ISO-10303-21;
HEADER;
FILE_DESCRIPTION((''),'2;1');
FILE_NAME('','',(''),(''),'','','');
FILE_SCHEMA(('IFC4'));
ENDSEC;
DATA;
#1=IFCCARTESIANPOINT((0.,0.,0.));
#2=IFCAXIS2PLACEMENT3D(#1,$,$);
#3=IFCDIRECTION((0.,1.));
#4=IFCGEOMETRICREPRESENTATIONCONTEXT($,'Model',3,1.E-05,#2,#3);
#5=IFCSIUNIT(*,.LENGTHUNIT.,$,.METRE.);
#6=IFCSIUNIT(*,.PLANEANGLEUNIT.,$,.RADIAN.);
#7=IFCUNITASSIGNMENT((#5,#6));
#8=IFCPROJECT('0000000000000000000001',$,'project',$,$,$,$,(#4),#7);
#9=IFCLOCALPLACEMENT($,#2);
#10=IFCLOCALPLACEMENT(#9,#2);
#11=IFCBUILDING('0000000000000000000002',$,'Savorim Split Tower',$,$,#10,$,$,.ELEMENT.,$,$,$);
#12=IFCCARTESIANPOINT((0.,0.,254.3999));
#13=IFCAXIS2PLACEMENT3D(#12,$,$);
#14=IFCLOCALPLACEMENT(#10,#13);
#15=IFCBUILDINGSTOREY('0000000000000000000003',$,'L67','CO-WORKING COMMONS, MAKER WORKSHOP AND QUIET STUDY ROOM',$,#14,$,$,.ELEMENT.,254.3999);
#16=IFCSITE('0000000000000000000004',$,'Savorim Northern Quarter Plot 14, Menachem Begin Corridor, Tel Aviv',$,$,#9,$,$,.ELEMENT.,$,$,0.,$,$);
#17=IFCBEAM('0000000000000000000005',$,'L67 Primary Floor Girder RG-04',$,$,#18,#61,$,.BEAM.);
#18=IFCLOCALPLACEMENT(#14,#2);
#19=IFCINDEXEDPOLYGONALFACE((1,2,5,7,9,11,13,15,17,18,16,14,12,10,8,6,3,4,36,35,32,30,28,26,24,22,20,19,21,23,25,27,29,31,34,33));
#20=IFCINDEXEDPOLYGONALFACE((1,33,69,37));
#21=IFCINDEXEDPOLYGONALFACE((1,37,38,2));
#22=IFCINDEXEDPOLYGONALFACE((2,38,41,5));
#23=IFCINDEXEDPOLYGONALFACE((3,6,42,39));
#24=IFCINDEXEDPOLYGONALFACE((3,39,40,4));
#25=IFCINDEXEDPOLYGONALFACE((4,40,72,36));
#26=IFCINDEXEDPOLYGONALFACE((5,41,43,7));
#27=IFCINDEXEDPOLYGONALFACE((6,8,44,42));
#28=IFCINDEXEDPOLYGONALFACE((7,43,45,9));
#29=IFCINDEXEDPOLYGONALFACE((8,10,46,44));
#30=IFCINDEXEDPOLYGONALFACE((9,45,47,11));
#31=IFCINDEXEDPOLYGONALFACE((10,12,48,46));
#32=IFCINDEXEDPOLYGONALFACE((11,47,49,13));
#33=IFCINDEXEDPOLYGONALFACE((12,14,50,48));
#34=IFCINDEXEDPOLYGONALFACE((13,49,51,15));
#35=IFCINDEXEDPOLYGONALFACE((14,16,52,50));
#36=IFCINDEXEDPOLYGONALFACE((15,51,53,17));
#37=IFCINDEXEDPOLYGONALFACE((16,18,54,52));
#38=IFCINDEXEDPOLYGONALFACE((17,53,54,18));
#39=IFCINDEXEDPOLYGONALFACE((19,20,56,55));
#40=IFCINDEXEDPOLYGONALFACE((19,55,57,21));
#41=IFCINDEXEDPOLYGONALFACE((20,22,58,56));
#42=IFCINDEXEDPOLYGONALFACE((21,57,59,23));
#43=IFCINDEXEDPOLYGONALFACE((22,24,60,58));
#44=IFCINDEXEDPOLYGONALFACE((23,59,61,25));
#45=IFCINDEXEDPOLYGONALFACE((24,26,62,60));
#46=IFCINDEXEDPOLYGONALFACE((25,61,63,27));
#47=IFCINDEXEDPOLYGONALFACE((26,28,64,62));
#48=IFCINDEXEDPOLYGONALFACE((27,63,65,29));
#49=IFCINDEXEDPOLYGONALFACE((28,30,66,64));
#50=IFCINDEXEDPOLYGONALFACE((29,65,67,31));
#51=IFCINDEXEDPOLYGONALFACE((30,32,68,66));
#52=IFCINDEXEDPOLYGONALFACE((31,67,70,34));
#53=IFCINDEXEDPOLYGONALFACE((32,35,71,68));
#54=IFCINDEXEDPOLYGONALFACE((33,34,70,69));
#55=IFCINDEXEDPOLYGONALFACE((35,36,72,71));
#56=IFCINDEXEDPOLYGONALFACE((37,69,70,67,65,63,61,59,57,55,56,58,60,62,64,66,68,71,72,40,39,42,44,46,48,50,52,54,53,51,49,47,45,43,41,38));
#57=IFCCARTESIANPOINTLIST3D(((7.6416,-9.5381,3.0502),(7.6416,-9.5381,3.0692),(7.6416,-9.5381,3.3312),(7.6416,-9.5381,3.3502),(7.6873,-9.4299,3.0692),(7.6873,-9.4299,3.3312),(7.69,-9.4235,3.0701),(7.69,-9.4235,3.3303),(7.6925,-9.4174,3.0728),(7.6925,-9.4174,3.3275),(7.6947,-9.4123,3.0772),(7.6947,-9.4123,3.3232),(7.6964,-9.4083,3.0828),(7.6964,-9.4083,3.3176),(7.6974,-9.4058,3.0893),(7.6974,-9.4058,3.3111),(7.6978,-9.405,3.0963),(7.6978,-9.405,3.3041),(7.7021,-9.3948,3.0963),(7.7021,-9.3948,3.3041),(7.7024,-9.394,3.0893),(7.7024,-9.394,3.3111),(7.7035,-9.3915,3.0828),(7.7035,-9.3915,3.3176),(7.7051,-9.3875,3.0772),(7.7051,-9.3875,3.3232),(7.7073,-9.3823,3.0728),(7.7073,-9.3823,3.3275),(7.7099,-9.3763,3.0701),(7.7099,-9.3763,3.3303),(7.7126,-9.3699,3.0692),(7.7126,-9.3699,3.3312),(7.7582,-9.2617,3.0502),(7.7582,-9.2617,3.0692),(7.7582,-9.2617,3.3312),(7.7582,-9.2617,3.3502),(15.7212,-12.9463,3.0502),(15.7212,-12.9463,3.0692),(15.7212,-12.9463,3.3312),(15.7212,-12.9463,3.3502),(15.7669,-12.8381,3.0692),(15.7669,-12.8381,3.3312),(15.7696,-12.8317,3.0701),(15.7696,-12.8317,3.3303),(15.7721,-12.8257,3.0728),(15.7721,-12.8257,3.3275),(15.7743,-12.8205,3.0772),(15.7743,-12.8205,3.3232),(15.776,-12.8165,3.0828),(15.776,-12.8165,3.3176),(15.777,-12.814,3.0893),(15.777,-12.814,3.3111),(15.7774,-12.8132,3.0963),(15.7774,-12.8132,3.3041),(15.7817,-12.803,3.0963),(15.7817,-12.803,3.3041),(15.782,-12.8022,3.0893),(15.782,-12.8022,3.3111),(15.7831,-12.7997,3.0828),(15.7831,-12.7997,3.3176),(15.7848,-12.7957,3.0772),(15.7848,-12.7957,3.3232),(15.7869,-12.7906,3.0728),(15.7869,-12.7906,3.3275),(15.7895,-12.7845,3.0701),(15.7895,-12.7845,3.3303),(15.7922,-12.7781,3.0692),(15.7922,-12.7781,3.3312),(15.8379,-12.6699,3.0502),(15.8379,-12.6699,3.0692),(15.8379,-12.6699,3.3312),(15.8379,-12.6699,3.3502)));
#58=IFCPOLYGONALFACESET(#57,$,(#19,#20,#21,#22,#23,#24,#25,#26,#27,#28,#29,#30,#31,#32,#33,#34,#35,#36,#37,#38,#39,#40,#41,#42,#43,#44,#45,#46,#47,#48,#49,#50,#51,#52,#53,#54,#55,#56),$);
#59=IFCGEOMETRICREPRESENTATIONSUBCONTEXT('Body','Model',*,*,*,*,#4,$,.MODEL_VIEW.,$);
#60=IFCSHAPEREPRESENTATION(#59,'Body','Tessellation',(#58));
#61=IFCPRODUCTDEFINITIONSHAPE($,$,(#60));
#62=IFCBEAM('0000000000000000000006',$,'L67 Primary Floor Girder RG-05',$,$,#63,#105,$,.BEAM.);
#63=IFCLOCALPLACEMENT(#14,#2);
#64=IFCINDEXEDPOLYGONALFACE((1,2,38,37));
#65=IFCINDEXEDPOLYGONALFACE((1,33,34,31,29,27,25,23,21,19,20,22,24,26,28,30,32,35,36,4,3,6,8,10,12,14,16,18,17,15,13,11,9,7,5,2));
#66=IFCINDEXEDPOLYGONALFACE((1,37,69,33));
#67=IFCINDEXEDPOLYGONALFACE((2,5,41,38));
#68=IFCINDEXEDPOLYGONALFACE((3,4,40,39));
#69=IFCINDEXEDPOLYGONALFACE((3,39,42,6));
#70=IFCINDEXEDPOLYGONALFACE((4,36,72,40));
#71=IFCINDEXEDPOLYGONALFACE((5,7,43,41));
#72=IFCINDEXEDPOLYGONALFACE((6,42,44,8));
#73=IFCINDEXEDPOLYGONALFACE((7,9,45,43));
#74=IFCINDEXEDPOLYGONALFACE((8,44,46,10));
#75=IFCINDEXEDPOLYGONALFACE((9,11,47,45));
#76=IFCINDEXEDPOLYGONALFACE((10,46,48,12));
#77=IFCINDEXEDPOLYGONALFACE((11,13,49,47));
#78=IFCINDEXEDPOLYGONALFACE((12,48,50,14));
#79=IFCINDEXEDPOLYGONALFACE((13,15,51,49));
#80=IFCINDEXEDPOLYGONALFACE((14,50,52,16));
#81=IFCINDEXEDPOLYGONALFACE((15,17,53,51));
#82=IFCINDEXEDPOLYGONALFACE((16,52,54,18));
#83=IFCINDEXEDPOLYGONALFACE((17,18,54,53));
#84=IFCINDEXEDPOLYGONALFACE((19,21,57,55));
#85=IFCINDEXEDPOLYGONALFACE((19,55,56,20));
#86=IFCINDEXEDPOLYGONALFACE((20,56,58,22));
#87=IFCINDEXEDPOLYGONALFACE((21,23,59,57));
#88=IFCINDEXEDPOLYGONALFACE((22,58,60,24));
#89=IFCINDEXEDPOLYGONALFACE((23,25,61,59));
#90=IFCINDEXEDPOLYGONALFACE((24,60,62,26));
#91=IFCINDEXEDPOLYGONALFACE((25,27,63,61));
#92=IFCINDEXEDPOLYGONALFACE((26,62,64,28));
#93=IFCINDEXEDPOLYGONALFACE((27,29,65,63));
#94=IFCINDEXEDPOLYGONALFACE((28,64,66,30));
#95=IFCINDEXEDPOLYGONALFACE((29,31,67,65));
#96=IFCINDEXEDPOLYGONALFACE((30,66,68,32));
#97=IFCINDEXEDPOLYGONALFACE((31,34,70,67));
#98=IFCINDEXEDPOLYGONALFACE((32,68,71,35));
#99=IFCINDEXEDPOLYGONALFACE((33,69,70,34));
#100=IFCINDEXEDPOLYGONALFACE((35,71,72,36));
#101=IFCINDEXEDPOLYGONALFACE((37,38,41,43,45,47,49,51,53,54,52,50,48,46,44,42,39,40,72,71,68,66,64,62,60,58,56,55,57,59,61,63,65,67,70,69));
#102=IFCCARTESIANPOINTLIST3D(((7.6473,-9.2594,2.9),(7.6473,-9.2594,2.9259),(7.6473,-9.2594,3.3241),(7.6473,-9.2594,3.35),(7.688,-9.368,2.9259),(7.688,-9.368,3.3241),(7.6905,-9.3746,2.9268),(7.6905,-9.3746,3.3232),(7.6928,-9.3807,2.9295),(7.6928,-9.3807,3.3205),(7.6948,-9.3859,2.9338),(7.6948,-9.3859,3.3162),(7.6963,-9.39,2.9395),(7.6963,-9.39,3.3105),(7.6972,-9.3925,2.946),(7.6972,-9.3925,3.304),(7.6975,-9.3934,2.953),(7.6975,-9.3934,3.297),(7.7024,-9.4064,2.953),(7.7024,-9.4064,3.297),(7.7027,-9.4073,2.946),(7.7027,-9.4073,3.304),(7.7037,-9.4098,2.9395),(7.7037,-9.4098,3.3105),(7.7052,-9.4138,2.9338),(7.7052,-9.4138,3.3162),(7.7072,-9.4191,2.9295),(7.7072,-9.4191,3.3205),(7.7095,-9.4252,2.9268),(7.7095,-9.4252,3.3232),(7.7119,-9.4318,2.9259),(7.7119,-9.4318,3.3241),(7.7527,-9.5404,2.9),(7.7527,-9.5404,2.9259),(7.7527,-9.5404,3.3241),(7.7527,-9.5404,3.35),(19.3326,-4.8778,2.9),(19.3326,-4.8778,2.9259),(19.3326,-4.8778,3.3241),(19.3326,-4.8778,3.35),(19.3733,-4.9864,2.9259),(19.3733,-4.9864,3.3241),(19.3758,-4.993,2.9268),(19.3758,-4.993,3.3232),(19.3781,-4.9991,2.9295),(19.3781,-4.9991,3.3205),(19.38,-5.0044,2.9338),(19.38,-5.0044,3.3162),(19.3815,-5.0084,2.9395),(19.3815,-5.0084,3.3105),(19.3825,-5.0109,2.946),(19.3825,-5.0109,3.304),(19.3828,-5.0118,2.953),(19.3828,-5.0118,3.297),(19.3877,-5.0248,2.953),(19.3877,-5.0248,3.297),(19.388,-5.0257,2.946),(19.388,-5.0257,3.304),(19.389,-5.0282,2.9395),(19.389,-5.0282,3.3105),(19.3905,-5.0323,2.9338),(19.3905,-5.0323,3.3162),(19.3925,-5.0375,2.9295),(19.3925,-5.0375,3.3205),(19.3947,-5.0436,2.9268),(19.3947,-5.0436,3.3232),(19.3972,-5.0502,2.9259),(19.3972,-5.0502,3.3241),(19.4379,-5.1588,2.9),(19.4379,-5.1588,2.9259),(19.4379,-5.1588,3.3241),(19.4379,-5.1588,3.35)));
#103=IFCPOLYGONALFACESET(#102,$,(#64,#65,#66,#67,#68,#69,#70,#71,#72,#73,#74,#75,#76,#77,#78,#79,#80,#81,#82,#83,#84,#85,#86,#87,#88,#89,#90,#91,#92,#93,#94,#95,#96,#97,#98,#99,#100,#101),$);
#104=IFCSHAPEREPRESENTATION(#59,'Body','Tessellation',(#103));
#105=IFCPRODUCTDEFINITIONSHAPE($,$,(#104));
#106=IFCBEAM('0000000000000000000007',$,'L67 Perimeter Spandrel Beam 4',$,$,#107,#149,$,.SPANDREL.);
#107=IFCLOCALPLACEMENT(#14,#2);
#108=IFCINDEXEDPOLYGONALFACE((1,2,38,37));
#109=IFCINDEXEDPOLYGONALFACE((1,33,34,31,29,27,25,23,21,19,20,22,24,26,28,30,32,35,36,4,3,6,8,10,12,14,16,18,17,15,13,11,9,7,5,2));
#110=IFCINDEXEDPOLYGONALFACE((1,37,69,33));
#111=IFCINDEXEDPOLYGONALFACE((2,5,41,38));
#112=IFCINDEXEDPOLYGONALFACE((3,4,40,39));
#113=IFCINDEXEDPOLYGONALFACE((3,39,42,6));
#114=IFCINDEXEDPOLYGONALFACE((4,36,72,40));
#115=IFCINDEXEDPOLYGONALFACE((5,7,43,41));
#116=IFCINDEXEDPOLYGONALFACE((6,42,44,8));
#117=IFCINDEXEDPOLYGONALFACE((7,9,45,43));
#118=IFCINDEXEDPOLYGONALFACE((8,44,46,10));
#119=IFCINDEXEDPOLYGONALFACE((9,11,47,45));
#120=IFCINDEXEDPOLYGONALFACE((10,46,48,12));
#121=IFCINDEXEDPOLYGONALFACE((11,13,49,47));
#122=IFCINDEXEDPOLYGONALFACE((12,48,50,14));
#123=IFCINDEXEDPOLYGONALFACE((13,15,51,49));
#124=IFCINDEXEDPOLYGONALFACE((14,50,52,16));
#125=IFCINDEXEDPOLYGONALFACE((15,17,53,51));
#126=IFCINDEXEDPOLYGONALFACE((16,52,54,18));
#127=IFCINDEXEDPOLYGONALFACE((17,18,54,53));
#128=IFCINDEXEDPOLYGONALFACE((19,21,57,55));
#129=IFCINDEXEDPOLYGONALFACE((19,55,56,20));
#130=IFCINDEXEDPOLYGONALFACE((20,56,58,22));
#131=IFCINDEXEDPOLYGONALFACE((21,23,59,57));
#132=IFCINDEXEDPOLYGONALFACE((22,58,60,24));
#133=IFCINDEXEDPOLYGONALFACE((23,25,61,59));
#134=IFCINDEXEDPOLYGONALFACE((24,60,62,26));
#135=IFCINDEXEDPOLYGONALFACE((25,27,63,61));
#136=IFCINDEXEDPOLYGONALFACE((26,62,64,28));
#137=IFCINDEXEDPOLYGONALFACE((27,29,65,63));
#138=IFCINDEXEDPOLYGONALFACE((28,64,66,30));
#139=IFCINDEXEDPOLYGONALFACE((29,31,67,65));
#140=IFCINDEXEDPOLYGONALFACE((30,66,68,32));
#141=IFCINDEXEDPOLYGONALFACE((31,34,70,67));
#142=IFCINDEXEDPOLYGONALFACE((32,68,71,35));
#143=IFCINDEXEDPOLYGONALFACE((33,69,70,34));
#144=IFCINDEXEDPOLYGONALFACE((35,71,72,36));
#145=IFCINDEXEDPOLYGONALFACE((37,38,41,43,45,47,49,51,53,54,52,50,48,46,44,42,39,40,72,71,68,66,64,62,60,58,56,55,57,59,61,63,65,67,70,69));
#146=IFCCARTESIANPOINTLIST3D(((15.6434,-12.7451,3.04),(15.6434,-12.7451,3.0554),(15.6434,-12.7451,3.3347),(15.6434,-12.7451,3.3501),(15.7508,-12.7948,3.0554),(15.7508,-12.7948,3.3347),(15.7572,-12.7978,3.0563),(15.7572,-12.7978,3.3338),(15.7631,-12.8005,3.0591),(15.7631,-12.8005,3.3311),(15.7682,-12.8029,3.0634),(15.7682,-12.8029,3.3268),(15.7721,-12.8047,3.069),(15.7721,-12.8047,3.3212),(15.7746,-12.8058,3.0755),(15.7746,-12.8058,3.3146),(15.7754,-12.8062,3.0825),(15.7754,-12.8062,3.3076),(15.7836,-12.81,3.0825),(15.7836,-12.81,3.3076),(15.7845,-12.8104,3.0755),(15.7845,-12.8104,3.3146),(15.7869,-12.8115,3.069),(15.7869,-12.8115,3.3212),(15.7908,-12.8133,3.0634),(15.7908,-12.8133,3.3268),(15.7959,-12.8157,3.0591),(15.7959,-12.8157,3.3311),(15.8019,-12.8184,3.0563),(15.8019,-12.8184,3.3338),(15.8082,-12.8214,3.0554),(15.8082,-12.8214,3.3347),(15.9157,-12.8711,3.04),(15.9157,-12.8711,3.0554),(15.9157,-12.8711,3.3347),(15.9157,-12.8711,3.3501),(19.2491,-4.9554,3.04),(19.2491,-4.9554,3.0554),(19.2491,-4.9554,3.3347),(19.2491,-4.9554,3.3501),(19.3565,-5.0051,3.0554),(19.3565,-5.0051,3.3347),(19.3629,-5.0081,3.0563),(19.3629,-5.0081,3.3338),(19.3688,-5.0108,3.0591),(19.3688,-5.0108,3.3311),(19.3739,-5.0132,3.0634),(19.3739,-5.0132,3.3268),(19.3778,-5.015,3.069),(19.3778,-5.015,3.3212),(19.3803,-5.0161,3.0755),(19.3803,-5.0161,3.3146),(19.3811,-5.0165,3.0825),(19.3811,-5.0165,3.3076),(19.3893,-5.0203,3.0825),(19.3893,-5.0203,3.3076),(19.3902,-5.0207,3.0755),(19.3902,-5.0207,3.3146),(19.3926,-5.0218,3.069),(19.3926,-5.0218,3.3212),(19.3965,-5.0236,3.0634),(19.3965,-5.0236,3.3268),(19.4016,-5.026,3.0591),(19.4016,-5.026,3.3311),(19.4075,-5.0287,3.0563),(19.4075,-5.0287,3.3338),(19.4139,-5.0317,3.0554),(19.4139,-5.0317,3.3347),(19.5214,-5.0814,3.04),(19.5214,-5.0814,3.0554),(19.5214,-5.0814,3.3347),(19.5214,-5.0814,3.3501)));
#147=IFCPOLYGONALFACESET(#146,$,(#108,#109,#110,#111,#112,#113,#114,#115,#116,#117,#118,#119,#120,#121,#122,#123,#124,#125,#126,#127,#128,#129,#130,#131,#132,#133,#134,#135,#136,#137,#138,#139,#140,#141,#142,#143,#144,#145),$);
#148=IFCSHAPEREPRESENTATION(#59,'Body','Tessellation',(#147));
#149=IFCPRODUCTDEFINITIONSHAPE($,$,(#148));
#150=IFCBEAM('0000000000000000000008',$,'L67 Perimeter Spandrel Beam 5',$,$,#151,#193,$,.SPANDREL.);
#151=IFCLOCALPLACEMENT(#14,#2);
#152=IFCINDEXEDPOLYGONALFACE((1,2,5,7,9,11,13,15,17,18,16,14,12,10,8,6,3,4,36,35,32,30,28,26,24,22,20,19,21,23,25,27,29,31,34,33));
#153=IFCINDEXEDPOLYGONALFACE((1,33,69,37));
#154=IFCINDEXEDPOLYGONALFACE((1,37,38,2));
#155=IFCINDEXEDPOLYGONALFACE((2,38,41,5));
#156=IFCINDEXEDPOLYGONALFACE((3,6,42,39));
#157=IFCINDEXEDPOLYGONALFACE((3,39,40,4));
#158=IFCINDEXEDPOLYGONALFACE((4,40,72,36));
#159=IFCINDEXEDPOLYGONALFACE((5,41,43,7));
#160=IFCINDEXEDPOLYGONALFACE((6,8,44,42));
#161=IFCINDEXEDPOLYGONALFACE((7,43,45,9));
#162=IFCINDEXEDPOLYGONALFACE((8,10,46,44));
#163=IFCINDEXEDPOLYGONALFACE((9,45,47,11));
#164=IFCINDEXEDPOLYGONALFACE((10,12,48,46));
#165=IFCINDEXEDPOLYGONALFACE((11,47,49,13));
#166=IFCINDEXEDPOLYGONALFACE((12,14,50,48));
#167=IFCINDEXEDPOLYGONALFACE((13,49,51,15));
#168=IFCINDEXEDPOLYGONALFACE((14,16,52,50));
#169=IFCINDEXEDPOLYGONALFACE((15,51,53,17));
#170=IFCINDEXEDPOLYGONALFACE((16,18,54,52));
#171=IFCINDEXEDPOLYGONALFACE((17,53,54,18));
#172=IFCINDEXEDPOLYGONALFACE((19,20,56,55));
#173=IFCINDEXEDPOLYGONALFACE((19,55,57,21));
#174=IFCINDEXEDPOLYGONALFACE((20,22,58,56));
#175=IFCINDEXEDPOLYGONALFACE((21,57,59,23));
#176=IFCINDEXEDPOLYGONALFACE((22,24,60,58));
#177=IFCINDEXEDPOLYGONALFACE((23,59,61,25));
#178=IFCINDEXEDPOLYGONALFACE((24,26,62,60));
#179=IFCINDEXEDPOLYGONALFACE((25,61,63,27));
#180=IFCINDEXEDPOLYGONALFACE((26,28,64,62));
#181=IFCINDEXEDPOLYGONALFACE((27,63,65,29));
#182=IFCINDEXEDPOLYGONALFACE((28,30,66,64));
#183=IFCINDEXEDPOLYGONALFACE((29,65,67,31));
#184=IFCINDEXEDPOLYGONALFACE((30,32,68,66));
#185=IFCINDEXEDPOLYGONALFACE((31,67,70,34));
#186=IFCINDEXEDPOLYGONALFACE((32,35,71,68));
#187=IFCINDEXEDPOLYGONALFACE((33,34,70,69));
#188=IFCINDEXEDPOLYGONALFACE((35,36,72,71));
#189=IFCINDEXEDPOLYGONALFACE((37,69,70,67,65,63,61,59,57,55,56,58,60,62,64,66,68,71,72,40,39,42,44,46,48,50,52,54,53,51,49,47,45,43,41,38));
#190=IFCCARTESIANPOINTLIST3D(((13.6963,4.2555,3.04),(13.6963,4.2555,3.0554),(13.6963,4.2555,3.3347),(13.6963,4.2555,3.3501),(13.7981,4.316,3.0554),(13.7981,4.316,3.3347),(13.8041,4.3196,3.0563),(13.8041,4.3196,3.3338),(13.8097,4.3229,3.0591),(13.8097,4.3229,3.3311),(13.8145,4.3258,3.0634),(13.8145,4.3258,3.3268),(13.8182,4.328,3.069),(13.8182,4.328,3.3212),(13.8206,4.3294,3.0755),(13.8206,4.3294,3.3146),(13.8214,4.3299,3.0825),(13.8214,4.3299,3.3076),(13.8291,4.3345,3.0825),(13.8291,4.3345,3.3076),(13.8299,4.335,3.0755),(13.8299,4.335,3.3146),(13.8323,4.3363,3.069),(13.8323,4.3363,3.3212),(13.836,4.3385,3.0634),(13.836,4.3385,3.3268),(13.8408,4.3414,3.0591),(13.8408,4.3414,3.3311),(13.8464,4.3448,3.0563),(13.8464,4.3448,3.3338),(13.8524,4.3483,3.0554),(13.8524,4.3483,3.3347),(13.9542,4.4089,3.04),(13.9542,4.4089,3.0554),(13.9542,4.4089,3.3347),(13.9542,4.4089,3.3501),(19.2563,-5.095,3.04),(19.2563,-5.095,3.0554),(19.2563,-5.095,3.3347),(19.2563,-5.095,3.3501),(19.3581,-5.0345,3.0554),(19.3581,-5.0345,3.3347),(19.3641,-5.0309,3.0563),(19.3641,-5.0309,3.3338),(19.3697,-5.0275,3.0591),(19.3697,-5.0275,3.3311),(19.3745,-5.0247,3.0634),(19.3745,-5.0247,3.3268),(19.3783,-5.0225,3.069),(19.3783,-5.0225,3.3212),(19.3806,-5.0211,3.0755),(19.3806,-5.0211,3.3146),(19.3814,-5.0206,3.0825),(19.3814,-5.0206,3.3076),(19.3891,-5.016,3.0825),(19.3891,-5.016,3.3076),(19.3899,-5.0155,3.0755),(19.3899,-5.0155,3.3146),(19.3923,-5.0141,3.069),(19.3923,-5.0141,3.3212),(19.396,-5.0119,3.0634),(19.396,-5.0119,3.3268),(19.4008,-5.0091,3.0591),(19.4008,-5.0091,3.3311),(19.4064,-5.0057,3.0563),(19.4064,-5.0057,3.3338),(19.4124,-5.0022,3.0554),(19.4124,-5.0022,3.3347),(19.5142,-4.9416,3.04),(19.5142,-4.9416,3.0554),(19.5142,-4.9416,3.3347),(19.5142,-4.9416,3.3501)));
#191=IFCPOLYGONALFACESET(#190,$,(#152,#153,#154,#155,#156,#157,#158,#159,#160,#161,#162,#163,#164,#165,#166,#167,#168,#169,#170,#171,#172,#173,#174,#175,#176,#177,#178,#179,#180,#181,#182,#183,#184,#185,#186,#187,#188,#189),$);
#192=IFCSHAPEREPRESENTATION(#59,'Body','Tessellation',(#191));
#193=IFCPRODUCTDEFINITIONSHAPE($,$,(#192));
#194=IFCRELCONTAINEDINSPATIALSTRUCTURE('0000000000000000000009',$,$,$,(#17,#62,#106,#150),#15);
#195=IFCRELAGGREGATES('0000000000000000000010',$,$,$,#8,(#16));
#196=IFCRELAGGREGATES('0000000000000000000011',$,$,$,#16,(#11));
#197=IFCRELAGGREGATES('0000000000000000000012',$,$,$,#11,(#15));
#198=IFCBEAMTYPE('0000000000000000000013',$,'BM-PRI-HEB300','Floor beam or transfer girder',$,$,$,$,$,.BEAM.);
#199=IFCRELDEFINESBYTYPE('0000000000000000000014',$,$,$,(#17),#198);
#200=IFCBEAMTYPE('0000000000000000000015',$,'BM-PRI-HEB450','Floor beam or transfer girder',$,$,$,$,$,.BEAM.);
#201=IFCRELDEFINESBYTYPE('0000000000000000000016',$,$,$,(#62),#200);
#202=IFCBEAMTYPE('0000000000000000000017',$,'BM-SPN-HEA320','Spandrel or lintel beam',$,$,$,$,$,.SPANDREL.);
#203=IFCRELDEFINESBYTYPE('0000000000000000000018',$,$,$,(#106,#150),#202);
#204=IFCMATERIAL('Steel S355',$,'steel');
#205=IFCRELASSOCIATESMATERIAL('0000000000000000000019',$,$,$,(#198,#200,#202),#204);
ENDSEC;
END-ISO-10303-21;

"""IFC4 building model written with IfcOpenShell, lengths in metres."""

from ifc_helpers import new_model, si_unit, direction, frame, origin, origin_2d, place, context, subcontext, project, spatial, i_section, extrude, material, material_profile, profile_set, type_object, element, save


model = new_model("IFC4")

# Units and contexts
model_context = context("Model", 3, precision=1e-05, world=origin(), true_north=direction((0.0, 1.0)))
body_context = subcontext(model_context, "Body", "Model", "MODEL_VIEW")
ifc_project = project(units=[si_unit("LENGTHUNIT", "METRE"), si_unit("PLANEANGLEUNIT", "RADIAN")], contexts=[model_context])

# Site, building, storey
site_placement = place(None, origin())
site = spatial("IfcSite", under=ifc_project, at=site_placement, Name="Savorim Northern Quarter Plot 14, Menachem Begin Corridor, Tel Aviv", CompositionType="ELEMENT", RefElevation=0.0)
building_placement = place(site_placement, origin())
building = spatial("IfcBuilding", under=site, at=building_placement, Name="Savorim Split Tower", CompositionType="ELEMENT")
storey_placement = place(building_placement, frame((0.0, 0.0, 254.3999)))
storey = spatial("IfcBuildingStorey", under=building, at=storey_placement, Name="L67", Description="CO-WORKING COMMONS, MAKER WORKSHOP AND QUIET STUDY ROOM", CompositionType="ELEMENT", Elevation=254.3999)

# Shared definitions
ifc_material_1 = material(Name="Steel S355", Category="steel")

# Beams
ifc_material_profile_1 = material_profile(ifc_material_1, i_section(OverallWidth=0.3, OverallDepth=0.3, WebThickness=0.011, FlangeThickness=0.019, FilletRadius=0.0271, at=origin_2d()), Name="HEB 300")
ifc_profile_set_1 = profile_set([ifc_material_profile_1], Name="Steel S355")
beam_type_1 = type_object("IfcBeamType", Name="BM-PRI-HEB300", Description="Floor beam or transfer girder", PredefinedType="BEAM", material=ifc_profile_set_1)
beam_1_placement = place(storey_placement, frame((15.7795, -12.8081, 3.2002), z_axis=(-0.921379, 0.388664, 0.0), x_axis=(-0.388664, -0.921379, 0.0)))
element("IfcBeam", 1, at=beam_1_placement, inside=storey, type_object=beam_type_1, Name="L67 Primary Floor Girder RG-04", PredefinedType="BEAM", context=body_context, shape_type="SweptSolid", body=[
    extrude(i_section(OverallWidth=0.3, OverallDepth=0.3, WebThickness=0.011, FlangeThickness=0.019, FilletRadius=0.0271, at=origin_2d()), origin(), (0.0, 0.0, 1.0), 8.769),
])
ifc_material_profile_2 = material_profile(ifc_material_1, i_section(OverallWidth=0.3, OverallDepth=0.45, WebThickness=0.0139, FlangeThickness=0.0259, FilletRadius=0.0271, at=origin_2d()), Name="HEB 450")
ifc_profile_set_2 = profile_set([ifc_material_profile_2], Name="Steel S355")
beam_type_2 = type_object("IfcBeamType", Name="BM-PRI-HEB450", Description="Floor beam or transfer girder", PredefinedType="BEAM", material=ifc_profile_set_2)
beam_2_placement = place(storey_placement, frame((19.3853, -5.0183, 3.125), z_axis=(-0.93634, -0.351096, 0.0), x_axis=(0.351096, -0.93634, 0.0)))
element("IfcBeam", 2, at=beam_2_placement, inside=storey, type_object=beam_type_2, Name="L67 Primary Floor Girder RG-05", PredefinedType="BEAM", context=body_context, shape_type="SweptSolid", body=[
    extrude(i_section(OverallWidth=0.3, OverallDepth=0.45, WebThickness=0.0139, FlangeThickness=0.0259, FilletRadius=0.0271, at=origin_2d()), origin(), (0.0, 0.0, 1.0), 12.4797),
])
ifc_material_profile_3 = material_profile(ifc_material_1, i_section(OverallWidth=0.3, OverallDepth=0.3101, WebThickness=0.009, FlangeThickness=0.0154, FilletRadius=0.0271, at=origin_2d()), Name="HEA 320")
ifc_profile_set_3 = profile_set([ifc_material_profile_3], Name="Steel S355")
beam_type_3 = type_object("IfcBeamType", Name="BM-SPN-HEA320", Description="Spandrel or lintel beam", PredefinedType="SPANDREL", material=ifc_profile_set_3)
beam_3_placement = place(storey_placement, frame((15.7795, -12.8081, 3.1951), z_axis=(0.420059, 0.907497, 0.0), x_axis=(-0.907497, 0.420059, 0.0)))
element("IfcBeam", 3, at=beam_3_placement, inside=storey, type_object=beam_type_3, Name="L67 Perimeter Spandrel Beam 4", PredefinedType="SPANDREL", context=body_context, shape_type="SweptSolid", body=[
    extrude(i_section(OverallWidth=0.3, OverallDepth=0.3101, WebThickness=0.009, FlangeThickness=0.0154, FilletRadius=0.0271, at=origin_2d()), origin(), (0.0, 0.0, 1.0), 8.5837),
])
beam_4_placement = place(storey_placement, frame((19.3853, -5.0183, 3.1951), z_axis=(-0.511092, 0.859526, 0.0), x_axis=(-0.859526, -0.511092, 0.0)))
element("IfcBeam", 4, at=beam_4_placement, inside=storey, type_object=beam_type_3, Name="L67 Perimeter Spandrel Beam 5", PredefinedType="SPANDREL", context=body_context, shape_type="SweptSolid", body=[
    extrude(i_section(OverallWidth=0.3, OverallDepth=0.3101, WebThickness=0.009, FlangeThickness=0.0154, FilletRadius=0.0271, at=origin_2d()), origin(), (0.0, 0.0, 1.0), 10.8787),
])

save(model, "model.ifc")
